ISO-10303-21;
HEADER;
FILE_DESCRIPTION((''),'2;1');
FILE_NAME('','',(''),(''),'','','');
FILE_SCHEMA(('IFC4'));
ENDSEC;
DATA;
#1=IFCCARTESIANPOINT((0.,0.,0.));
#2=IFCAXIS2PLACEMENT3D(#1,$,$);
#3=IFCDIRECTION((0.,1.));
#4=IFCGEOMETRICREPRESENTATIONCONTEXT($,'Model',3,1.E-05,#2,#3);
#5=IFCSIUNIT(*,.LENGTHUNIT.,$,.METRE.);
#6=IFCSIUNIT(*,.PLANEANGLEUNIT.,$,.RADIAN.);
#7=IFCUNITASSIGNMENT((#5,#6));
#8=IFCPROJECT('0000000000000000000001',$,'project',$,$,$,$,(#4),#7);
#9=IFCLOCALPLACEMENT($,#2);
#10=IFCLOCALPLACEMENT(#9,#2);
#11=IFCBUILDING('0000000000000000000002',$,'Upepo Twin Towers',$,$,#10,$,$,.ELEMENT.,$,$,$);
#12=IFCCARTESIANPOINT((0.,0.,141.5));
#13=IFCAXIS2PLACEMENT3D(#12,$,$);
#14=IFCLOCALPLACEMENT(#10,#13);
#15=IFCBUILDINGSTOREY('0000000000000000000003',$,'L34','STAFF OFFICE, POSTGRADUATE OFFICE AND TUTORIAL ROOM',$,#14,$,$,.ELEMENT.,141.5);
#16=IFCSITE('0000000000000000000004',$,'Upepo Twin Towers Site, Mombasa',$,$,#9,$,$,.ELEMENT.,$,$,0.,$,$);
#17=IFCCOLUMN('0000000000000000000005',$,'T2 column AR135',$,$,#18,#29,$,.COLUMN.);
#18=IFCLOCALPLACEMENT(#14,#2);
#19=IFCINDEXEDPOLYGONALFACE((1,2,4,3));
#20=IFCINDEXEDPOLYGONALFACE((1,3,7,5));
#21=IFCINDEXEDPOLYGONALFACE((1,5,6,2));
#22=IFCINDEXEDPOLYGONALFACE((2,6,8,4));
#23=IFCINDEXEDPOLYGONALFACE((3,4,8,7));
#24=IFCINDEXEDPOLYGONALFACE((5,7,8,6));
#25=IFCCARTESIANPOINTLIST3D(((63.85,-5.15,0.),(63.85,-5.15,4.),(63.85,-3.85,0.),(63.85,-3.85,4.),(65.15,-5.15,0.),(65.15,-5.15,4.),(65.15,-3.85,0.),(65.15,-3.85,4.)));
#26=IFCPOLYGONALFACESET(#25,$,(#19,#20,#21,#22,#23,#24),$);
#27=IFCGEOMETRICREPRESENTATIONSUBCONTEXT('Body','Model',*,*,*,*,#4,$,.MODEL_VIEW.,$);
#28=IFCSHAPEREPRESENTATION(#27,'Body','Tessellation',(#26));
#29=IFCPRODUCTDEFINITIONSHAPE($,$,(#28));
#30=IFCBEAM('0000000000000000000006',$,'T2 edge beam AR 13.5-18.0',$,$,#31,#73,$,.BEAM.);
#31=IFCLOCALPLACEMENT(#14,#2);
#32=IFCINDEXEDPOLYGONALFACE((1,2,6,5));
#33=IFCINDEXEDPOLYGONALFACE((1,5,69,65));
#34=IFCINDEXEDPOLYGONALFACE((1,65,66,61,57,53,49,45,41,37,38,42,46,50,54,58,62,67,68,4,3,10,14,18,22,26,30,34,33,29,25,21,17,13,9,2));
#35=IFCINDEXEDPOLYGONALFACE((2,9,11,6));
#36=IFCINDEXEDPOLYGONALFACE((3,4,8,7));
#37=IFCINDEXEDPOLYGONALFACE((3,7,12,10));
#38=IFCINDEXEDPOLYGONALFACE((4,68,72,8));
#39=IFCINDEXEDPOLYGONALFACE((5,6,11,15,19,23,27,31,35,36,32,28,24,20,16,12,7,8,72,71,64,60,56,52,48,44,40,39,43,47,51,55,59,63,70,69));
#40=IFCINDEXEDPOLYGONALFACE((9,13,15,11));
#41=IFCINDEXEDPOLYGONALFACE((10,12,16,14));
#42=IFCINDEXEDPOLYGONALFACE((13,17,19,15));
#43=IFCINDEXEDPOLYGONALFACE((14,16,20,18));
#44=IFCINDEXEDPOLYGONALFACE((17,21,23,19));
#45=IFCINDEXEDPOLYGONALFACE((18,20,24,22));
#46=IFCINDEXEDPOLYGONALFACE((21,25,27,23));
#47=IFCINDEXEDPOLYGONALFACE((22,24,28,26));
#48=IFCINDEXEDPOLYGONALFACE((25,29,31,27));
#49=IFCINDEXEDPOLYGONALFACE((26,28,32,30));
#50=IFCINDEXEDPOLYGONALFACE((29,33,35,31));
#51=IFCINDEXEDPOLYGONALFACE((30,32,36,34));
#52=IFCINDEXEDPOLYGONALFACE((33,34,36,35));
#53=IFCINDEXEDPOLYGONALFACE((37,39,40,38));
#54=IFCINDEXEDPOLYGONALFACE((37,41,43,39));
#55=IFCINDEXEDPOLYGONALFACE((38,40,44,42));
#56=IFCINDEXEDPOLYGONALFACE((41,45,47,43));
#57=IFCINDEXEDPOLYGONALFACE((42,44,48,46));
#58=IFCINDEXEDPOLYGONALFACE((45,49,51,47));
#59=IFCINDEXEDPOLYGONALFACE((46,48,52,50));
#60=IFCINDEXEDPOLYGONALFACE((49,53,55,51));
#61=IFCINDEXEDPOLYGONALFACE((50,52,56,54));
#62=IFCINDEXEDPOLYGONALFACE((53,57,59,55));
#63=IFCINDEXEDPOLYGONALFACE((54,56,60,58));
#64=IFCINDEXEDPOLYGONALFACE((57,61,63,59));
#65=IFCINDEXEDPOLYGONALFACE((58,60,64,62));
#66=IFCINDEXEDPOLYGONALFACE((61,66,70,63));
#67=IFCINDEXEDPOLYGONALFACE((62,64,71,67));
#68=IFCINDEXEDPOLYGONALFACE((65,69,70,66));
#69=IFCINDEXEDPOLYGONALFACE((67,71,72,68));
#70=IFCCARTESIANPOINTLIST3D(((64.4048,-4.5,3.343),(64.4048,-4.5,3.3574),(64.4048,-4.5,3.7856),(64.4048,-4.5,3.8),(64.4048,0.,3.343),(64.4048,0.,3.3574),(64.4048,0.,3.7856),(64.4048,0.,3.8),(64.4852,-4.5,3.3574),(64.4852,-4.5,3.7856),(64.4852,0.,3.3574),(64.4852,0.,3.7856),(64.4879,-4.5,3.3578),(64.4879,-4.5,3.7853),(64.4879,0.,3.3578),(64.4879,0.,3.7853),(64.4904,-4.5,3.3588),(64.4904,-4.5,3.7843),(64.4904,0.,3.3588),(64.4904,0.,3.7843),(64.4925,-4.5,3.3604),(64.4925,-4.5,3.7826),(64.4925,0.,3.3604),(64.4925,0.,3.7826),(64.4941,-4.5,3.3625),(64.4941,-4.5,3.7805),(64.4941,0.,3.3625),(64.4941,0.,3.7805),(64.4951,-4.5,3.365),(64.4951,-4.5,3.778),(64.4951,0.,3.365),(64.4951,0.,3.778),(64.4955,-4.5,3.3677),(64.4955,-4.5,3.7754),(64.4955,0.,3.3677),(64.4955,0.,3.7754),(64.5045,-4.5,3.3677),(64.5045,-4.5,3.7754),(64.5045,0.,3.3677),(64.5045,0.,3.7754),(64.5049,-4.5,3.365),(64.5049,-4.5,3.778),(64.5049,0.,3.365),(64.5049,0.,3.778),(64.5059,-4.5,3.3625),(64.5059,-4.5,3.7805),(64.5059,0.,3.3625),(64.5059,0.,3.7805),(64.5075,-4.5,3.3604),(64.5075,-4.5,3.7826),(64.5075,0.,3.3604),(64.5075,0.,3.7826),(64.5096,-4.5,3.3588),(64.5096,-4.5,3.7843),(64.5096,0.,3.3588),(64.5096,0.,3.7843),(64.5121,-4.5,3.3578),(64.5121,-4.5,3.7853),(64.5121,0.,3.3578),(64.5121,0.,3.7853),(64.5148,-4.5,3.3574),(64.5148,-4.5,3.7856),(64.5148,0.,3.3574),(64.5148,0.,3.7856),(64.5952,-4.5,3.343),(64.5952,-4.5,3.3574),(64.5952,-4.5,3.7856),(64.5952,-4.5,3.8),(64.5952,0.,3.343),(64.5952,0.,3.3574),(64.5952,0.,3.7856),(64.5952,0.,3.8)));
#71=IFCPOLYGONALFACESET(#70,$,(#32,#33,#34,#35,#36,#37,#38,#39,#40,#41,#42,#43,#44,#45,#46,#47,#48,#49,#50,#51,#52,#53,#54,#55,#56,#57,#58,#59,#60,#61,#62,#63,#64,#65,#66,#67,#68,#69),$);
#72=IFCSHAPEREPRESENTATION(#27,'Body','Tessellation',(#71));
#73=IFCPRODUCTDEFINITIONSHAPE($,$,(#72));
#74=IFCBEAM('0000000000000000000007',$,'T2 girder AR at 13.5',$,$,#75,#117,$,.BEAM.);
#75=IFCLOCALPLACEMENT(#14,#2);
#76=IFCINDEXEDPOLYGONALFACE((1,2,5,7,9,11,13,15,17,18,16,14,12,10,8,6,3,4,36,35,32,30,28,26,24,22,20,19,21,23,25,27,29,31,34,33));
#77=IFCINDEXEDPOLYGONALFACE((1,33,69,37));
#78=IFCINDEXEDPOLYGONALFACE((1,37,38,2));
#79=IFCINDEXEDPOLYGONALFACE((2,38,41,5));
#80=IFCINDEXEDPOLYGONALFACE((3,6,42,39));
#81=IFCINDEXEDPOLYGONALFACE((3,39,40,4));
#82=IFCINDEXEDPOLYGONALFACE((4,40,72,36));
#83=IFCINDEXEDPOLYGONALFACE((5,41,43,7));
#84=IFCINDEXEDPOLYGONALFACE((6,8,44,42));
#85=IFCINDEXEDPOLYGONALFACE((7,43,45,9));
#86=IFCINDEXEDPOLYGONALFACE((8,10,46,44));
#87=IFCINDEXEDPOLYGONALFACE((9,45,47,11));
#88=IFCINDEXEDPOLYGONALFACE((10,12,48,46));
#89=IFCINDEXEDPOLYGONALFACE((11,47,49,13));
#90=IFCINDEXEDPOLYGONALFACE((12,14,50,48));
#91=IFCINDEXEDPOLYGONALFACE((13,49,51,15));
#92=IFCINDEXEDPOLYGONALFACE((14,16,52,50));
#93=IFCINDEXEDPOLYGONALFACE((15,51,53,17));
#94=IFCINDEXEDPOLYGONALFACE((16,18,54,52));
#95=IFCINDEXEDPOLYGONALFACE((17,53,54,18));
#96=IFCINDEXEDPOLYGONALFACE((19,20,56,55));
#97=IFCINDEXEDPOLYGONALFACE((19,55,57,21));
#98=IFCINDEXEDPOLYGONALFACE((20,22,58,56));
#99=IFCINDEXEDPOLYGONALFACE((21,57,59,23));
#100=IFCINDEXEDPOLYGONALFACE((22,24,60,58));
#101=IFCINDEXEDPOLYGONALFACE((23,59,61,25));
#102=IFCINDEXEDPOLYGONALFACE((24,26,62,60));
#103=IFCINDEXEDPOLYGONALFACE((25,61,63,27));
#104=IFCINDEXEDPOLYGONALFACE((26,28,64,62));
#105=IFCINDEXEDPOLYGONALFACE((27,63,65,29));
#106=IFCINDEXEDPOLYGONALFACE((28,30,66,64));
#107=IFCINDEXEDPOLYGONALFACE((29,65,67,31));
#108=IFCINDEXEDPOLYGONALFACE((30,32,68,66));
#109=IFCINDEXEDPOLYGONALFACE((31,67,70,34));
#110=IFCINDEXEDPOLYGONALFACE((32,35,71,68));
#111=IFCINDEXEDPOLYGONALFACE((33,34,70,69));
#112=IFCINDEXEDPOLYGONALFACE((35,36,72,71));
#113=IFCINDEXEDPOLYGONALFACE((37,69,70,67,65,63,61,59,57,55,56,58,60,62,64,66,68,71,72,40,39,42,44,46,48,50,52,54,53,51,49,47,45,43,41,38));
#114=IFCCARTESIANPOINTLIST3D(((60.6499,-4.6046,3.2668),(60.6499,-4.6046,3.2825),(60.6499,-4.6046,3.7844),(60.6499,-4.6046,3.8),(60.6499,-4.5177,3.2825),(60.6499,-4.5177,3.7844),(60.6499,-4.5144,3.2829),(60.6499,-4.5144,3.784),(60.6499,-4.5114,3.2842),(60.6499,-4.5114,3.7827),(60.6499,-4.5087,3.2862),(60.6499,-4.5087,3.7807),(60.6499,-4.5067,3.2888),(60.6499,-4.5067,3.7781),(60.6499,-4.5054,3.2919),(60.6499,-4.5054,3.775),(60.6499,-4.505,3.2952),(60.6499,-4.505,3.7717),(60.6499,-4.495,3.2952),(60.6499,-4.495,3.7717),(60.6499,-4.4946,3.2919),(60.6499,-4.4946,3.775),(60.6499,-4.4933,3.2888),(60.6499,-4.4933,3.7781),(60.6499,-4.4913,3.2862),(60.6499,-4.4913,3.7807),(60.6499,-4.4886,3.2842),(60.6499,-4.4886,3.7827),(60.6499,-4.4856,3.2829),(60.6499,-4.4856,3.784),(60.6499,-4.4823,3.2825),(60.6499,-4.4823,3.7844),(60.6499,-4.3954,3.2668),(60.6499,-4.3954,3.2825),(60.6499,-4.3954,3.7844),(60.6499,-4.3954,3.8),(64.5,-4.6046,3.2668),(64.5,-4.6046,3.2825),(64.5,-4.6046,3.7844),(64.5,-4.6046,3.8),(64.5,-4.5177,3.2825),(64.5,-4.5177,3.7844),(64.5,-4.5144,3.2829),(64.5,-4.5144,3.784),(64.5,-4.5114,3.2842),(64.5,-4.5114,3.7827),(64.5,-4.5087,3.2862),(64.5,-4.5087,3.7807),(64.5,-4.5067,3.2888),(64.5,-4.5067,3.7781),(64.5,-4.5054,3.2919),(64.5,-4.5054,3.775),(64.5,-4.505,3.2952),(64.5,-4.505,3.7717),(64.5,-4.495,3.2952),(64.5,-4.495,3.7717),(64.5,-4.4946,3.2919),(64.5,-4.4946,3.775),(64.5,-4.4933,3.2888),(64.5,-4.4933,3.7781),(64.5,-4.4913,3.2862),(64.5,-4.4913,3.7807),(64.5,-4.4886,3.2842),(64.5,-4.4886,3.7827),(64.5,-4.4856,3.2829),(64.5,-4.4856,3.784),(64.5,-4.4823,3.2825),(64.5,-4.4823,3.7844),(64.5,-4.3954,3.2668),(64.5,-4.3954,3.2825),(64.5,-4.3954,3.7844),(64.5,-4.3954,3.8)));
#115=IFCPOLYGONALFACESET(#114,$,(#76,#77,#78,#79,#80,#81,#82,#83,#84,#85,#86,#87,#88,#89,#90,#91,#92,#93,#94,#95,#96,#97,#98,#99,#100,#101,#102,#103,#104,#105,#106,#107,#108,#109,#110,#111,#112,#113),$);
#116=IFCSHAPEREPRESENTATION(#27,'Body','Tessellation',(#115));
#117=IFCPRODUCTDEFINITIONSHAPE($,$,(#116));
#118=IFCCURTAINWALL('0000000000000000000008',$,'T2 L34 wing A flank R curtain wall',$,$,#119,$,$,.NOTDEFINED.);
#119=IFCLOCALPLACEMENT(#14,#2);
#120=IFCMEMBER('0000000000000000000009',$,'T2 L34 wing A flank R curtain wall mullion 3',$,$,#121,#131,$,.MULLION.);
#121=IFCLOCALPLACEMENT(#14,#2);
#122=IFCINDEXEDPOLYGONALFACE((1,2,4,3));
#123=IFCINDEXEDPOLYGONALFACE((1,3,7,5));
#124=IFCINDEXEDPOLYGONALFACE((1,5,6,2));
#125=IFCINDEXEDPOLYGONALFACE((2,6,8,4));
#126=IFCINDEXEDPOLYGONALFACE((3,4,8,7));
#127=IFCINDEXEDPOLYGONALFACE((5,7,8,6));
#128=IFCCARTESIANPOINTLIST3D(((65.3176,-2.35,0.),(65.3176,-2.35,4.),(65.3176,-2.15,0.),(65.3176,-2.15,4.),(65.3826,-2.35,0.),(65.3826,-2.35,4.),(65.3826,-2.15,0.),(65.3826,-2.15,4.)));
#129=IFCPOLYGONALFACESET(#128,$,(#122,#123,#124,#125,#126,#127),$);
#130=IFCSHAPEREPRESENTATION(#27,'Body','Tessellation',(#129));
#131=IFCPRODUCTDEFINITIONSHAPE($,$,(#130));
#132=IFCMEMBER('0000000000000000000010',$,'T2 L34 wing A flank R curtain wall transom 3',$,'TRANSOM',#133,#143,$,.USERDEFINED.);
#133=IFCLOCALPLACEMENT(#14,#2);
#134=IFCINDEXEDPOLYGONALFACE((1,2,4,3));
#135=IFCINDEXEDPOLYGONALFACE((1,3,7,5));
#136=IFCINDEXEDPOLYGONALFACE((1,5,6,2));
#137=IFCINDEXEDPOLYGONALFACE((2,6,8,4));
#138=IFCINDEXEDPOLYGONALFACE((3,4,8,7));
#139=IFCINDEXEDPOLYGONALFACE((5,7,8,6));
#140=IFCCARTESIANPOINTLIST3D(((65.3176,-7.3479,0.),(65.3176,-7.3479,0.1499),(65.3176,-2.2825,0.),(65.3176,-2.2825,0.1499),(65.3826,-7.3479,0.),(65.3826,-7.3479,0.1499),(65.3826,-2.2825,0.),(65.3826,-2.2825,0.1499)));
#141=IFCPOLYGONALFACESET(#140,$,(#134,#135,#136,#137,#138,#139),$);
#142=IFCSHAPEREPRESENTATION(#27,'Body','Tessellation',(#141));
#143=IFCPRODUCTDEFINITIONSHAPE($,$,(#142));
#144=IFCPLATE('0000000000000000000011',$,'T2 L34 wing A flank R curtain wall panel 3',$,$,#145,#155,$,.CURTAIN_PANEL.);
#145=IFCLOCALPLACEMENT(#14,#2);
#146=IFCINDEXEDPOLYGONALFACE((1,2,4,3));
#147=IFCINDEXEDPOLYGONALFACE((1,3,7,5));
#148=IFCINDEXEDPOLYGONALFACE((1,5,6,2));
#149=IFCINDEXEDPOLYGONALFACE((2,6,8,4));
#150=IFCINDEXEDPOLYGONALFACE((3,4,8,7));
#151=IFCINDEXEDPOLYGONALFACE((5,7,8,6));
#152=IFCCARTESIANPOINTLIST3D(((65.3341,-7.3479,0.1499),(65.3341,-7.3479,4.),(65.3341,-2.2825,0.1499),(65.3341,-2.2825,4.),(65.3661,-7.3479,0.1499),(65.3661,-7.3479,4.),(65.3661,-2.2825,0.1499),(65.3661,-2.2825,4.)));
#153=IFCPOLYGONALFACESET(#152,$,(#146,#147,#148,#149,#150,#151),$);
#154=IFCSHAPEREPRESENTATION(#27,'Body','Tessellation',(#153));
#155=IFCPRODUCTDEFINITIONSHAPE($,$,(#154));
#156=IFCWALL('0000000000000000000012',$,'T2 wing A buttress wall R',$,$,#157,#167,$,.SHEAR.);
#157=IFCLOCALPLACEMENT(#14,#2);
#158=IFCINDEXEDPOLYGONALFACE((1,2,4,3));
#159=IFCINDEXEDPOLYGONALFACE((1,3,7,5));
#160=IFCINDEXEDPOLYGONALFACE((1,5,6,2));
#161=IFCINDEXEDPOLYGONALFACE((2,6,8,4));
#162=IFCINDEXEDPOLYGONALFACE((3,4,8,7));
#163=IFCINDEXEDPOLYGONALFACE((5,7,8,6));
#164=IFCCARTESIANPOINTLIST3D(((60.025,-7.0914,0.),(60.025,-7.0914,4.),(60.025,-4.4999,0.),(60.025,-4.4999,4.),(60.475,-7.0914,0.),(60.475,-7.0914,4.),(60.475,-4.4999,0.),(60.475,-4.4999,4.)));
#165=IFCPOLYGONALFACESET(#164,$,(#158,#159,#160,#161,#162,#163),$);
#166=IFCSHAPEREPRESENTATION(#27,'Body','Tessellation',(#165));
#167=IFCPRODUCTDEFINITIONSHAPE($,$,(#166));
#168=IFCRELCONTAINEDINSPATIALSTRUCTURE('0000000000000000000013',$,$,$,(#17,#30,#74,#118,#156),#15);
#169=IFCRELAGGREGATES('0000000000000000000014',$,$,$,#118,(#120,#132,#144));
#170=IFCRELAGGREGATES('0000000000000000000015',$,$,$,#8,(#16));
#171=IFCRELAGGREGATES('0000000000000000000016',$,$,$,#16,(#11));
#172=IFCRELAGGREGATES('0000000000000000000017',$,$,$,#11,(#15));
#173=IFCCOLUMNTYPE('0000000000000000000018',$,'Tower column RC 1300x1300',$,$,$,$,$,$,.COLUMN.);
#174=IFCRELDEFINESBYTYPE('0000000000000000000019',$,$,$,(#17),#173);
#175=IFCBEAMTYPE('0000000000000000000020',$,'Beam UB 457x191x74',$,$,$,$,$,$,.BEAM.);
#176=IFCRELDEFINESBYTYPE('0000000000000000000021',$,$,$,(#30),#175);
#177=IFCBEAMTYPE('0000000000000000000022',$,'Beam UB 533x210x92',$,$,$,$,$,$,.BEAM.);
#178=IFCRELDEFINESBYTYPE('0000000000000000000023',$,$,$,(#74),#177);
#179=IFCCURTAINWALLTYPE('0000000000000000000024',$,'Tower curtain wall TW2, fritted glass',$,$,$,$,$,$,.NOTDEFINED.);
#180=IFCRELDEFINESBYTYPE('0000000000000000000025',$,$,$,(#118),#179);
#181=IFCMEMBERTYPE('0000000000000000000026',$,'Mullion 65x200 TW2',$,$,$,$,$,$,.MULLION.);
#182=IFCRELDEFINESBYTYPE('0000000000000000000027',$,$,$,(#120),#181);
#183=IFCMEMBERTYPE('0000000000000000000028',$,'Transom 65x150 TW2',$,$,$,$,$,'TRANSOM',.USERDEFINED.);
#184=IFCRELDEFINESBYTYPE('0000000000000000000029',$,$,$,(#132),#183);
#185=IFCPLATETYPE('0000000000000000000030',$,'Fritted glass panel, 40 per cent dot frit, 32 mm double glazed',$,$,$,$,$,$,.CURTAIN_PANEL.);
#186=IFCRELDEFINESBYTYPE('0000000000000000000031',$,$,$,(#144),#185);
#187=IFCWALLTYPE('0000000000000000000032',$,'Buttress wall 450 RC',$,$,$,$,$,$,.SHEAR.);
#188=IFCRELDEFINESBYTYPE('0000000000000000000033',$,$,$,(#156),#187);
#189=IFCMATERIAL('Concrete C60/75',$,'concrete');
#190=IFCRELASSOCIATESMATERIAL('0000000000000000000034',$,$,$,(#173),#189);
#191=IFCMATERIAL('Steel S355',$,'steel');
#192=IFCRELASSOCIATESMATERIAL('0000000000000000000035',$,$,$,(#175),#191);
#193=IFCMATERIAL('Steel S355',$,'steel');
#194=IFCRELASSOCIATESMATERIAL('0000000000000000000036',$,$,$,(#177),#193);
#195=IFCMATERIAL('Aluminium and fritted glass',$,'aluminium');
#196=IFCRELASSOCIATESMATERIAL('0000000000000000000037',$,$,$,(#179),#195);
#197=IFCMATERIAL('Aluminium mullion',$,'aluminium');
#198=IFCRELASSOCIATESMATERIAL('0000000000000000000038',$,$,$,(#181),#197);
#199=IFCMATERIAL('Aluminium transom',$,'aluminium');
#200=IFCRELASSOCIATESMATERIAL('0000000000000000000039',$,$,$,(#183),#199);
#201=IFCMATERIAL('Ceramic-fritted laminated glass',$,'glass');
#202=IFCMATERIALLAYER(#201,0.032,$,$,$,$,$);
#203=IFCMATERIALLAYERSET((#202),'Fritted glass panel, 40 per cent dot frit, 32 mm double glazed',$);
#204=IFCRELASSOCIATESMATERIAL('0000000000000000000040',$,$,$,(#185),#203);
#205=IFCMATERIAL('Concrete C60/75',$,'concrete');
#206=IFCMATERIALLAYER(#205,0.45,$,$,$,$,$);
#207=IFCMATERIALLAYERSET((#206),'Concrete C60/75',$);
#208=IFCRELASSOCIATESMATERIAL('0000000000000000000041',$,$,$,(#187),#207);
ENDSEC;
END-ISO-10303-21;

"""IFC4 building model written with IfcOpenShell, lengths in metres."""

from ifc_helpers import new_model, si_unit, direction, frame, frame_2d, origin, origin_2d, place, context, subcontext, project, spatial, rectangle, i_section, extrude, material, layer, layer_set, material_profile, profile_set, type_object, element, aggregate, save


model = new_model("IFC4")

# Units and contexts
model_context = context("Model", 3, precision=1e-05, world=origin(), true_north=direction((0.0, 1.0)))
body_context = subcontext(model_context, "Body", "Model", "MODEL_VIEW")
ifc_project = project(units=[si_unit("LENGTHUNIT", "METRE"), si_unit("PLANEANGLEUNIT", "RADIAN")], contexts=[model_context])

# Site, building, storey
site_placement = place(None, origin())
site = spatial("IfcSite", under=ifc_project, at=site_placement, Name="Upepo Twin Towers Site, Mombasa", CompositionType="ELEMENT", RefElevation=0.0)
building_placement = place(site_placement, origin())
building = spatial("IfcBuilding", under=site, at=building_placement, Name="Upepo Twin Towers", CompositionType="ELEMENT")
storey_placement = place(building_placement, frame((0.0, 0.0, 141.5)))
storey = spatial("IfcBuildingStorey", under=building, at=storey_placement, Name="L34", Description="STAFF OFFICE, POSTGRADUATE OFFICE AND TUTORIAL ROOM", CompositionType="ELEMENT", Elevation=141.5)

# Column
ifc_material_1 = material(Name="Concrete C60/75", Category="concrete")
ifc_material_profile_1 = material_profile(ifc_material_1, rectangle(XDim=1.3, YDim=1.3, at=origin_2d()), Name="RC 1300x1300")
ifc_profile_set_1 = profile_set([ifc_material_profile_1], Name="Concrete C60/75")
column_type = type_object("IfcColumnType", Name="Tower column RC 1300x1300", PredefinedType="COLUMN", material=ifc_profile_set_1)
column_placement = place(storey_placement, frame((64.5, -4.5, 0.0), z_axis=(0.0, 0.0, 1.0), x_axis=(1.0, 0.0, 0.0)))
element("IfcColumn", 1, at=column_placement, inside=storey, type_object=column_type, Name="T2 column AR135", PredefinedType="COLUMN", context=body_context, shape_type="SweptSolid", body=[
    extrude(rectangle(XDim=1.3, YDim=1.3, at=origin_2d()), origin(), (0.0, 0.0, 1.0), 4.0),
])

# Beams
ifc_material_2 = material(Name="Steel S355", Category="steel")
ifc_material_profile_2 = material_profile(ifc_material_2, i_section(OverallWidth=0.1904, OverallDepth=0.457, WebThickness=0.009, FlangeThickness=0.0144, FilletRadius=0.0103, at=origin_2d()), Name="UB 457x191x74")
ifc_profile_set_2 = profile_set([ifc_material_profile_2], Name="Steel S355")
beam_type_1 = type_object("IfcBeamType", Name="Beam UB 457x191x74", PredefinedType="BEAM", material=ifc_profile_set_2)
beam_1_placement = place(storey_placement, frame((64.5, -4.5, 3.5715), z_axis=(0.0, 1.0, 0.0), x_axis=(-1.0, 0.0, 0.0)))
element("IfcBeam", 2, at=beam_1_placement, inside=storey, type_object=beam_type_1, Name="T2 edge beam AR 13.5-18.0", PredefinedType="BEAM", context=body_context, shape_type="SweptSolid", body=[
    extrude(i_section(OverallWidth=0.1904, OverallDepth=0.457, WebThickness=0.009, FlangeThickness=0.0144, FilletRadius=0.0103, at=origin_2d()), origin(), (0.0, 0.0, 1.0), 4.5),
])
ifc_material_3 = material(Name="Steel S355", Category="steel")
ifc_material_profile_3 = material_profile(ifc_material_3, i_section(OverallWidth=0.2092, OverallDepth=0.5332, WebThickness=0.01, FlangeThickness=0.0156, FilletRadius=0.0127, at=origin_2d()), Name="UB 533x210x92")
ifc_profile_set_3 = profile_set([ifc_material_profile_3], Name="Steel S355")
beam_type_2 = type_object("IfcBeamType", Name="Beam UB 533x210x92", PredefinedType="BEAM", material=ifc_profile_set_3)
beam_2_placement = place(storey_placement, frame((64.5, -4.5, 3.5334), z_axis=(-1.0, 0.0, 0.0), x_axis=(0.0, -1.0, 0.0)))
element("IfcBeam", 3, at=beam_2_placement, inside=storey, type_object=beam_type_2, Name="T2 girder AR at 13.5", PredefinedType="BEAM", context=body_context, shape_type="SweptSolid", body=[
    extrude(i_section(OverallWidth=0.2092, OverallDepth=0.5332, WebThickness=0.01, FlangeThickness=0.0156, FilletRadius=0.0127, at=origin_2d()), origin(), (0.0, 0.0, 1.0), 3.8501),
])

# Curtain wall, members, plate
ifc_material_4 = material(Name="Aluminium and fritted glass", Category="aluminium")
curtain_wall_type = type_object("IfcCurtainWallType", Name="Tower curtain wall TW2, fritted glass", PredefinedType="NOTDEFINED", material=ifc_material_4)
curtain_wall_placement = place(storey_placement, origin())
curtain_wall = element("IfcCurtainWall", 4, at=curtain_wall_placement, inside=storey, type_object=curtain_wall_type, Name="T2 L34 wing A flank R curtain wall", PredefinedType="NOTDEFINED")
ifc_material_5 = material(Name="Aluminium mullion", Category="aluminium")
ifc_material_profile_4 = material_profile(ifc_material_5, rectangle(XDim=0.0649, YDim=0.2, at=origin_2d()), Name="MULLION 65x200")
ifc_profile_set_4 = profile_set([ifc_material_profile_4], Name="Aluminium mullion")
member_type_1 = type_object("IfcMemberType", Name="Mullion 65x200 TW2", PredefinedType="MULLION", material=ifc_profile_set_4)
member_1_placement = place(storey_placement, frame((65.3501, -2.25, 0.0), z_axis=(0.0, 0.0, 1.0), x_axis=(1.0, 0.0, 0.0)))
member_1 = element("IfcMember", 5, at=member_1_placement, type_object=member_type_1, Name="T2 L34 wing A flank R curtain wall mullion 3", PredefinedType="MULLION", context=body_context, shape_type="SweptSolid", body=[
    extrude(rectangle(XDim=0.0649, YDim=0.2, at=origin_2d()), origin(), (0.0, 0.0, 1.0), 4.0),
])
ifc_material_6 = material(Name="Aluminium transom", Category="aluminium")
ifc_material_profile_5 = material_profile(ifc_material_6, rectangle(XDim=0.0649, YDim=0.1499, at=origin_2d()), Name="TRANSOM 65x150")
ifc_profile_set_5 = profile_set([ifc_material_profile_5], Name="Aluminium transom")
member_type_2 = type_object("IfcMemberType", Name="Transom 65x150 TW2", ElementType="TRANSOM", PredefinedType="USERDEFINED", material=ifc_profile_set_5)
member_2_placement = place(storey_placement, frame((65.3501, -2.2825, 0.075), z_axis=(0.0, -1.0, 0.0), x_axis=(1.0, 0.0, 0.0)))
member_2 = element("IfcMember", 6, at=member_2_placement, type_object=member_type_2, Name="T2 L34 wing A flank R curtain wall transom 3", ObjectType="TRANSOM", PredefinedType="USERDEFINED", context=body_context, shape_type="SweptSolid", body=[
    extrude(rectangle(XDim=0.0649, YDim=0.1499, at=origin_2d()), origin(), (0.0, 0.0, 1.0), 5.0654),
])
ifc_material_7 = material(Name="Ceramic-fritted laminated glass", Category="glass")
ifc_layer_1 = layer(ifc_material_7, 0.032)
ifc_layer_set_1 = layer_set([ifc_layer_1], Name="Fritted glass panel, 40 per cent dot frit, 32 mm double glazed")
plate_type = type_object("IfcPlateType", Name="Fritted glass panel, 40 per cent dot frit, 32 mm double glazed", PredefinedType="CURTAIN_PANEL", material=ifc_layer_set_1)
plate_placement = place(storey_placement, frame((65.3501, -4.8152, 0.1499), z_axis=(0.0, 0.0, 1.0), x_axis=(0.0, -1.0, 0.0)))
plate = element("IfcPlate", 7, at=plate_placement, type_object=plate_type, Name="T2 L34 wing A flank R curtain wall panel 3", PredefinedType="CURTAIN_PANEL", context=body_context, shape_type="SweptSolid", body=[
    extrude(rectangle(XDim=5.0654, YDim=0.032, at=origin_2d()), origin(), (0.0, 0.0, 1.0), 3.8501),
])
aggregate(curtain_wall, [member_1, member_2, plate])

# Wall
ifc_material_8 = material(Name="Concrete C60/75", Category="concrete")
ifc_layer_2 = layer(ifc_material_8, 0.45)
ifc_layer_set_2 = layer_set([ifc_layer_2], Name="Concrete C60/75")
wall_type_1 = type_object("IfcWallType", Name="Buttress wall 450 RC", PredefinedType="SHEAR", material=ifc_layer_set_2)
wall_1_placement = place(storey_placement, frame((60.25, -7.0916, 0.0), z_axis=(0.0, 0.0, 1.0), x_axis=(0.0, 1.0, 0.0)))
element("IfcWall", 8, at=wall_1_placement, inside=storey, type_object=wall_type_1, Name="T2 wing A buttress wall R", PredefinedType="SHEAR", context=body_context, shape_type="SweptSolid", body=[
    extrude(rectangle(XDim=2.5916, YDim=0.45, at=frame_2d((1.2959, 0.0))), origin(), (0.0, 0.0, 1.0), 4.0),
])

save(model, "model.ifc")
